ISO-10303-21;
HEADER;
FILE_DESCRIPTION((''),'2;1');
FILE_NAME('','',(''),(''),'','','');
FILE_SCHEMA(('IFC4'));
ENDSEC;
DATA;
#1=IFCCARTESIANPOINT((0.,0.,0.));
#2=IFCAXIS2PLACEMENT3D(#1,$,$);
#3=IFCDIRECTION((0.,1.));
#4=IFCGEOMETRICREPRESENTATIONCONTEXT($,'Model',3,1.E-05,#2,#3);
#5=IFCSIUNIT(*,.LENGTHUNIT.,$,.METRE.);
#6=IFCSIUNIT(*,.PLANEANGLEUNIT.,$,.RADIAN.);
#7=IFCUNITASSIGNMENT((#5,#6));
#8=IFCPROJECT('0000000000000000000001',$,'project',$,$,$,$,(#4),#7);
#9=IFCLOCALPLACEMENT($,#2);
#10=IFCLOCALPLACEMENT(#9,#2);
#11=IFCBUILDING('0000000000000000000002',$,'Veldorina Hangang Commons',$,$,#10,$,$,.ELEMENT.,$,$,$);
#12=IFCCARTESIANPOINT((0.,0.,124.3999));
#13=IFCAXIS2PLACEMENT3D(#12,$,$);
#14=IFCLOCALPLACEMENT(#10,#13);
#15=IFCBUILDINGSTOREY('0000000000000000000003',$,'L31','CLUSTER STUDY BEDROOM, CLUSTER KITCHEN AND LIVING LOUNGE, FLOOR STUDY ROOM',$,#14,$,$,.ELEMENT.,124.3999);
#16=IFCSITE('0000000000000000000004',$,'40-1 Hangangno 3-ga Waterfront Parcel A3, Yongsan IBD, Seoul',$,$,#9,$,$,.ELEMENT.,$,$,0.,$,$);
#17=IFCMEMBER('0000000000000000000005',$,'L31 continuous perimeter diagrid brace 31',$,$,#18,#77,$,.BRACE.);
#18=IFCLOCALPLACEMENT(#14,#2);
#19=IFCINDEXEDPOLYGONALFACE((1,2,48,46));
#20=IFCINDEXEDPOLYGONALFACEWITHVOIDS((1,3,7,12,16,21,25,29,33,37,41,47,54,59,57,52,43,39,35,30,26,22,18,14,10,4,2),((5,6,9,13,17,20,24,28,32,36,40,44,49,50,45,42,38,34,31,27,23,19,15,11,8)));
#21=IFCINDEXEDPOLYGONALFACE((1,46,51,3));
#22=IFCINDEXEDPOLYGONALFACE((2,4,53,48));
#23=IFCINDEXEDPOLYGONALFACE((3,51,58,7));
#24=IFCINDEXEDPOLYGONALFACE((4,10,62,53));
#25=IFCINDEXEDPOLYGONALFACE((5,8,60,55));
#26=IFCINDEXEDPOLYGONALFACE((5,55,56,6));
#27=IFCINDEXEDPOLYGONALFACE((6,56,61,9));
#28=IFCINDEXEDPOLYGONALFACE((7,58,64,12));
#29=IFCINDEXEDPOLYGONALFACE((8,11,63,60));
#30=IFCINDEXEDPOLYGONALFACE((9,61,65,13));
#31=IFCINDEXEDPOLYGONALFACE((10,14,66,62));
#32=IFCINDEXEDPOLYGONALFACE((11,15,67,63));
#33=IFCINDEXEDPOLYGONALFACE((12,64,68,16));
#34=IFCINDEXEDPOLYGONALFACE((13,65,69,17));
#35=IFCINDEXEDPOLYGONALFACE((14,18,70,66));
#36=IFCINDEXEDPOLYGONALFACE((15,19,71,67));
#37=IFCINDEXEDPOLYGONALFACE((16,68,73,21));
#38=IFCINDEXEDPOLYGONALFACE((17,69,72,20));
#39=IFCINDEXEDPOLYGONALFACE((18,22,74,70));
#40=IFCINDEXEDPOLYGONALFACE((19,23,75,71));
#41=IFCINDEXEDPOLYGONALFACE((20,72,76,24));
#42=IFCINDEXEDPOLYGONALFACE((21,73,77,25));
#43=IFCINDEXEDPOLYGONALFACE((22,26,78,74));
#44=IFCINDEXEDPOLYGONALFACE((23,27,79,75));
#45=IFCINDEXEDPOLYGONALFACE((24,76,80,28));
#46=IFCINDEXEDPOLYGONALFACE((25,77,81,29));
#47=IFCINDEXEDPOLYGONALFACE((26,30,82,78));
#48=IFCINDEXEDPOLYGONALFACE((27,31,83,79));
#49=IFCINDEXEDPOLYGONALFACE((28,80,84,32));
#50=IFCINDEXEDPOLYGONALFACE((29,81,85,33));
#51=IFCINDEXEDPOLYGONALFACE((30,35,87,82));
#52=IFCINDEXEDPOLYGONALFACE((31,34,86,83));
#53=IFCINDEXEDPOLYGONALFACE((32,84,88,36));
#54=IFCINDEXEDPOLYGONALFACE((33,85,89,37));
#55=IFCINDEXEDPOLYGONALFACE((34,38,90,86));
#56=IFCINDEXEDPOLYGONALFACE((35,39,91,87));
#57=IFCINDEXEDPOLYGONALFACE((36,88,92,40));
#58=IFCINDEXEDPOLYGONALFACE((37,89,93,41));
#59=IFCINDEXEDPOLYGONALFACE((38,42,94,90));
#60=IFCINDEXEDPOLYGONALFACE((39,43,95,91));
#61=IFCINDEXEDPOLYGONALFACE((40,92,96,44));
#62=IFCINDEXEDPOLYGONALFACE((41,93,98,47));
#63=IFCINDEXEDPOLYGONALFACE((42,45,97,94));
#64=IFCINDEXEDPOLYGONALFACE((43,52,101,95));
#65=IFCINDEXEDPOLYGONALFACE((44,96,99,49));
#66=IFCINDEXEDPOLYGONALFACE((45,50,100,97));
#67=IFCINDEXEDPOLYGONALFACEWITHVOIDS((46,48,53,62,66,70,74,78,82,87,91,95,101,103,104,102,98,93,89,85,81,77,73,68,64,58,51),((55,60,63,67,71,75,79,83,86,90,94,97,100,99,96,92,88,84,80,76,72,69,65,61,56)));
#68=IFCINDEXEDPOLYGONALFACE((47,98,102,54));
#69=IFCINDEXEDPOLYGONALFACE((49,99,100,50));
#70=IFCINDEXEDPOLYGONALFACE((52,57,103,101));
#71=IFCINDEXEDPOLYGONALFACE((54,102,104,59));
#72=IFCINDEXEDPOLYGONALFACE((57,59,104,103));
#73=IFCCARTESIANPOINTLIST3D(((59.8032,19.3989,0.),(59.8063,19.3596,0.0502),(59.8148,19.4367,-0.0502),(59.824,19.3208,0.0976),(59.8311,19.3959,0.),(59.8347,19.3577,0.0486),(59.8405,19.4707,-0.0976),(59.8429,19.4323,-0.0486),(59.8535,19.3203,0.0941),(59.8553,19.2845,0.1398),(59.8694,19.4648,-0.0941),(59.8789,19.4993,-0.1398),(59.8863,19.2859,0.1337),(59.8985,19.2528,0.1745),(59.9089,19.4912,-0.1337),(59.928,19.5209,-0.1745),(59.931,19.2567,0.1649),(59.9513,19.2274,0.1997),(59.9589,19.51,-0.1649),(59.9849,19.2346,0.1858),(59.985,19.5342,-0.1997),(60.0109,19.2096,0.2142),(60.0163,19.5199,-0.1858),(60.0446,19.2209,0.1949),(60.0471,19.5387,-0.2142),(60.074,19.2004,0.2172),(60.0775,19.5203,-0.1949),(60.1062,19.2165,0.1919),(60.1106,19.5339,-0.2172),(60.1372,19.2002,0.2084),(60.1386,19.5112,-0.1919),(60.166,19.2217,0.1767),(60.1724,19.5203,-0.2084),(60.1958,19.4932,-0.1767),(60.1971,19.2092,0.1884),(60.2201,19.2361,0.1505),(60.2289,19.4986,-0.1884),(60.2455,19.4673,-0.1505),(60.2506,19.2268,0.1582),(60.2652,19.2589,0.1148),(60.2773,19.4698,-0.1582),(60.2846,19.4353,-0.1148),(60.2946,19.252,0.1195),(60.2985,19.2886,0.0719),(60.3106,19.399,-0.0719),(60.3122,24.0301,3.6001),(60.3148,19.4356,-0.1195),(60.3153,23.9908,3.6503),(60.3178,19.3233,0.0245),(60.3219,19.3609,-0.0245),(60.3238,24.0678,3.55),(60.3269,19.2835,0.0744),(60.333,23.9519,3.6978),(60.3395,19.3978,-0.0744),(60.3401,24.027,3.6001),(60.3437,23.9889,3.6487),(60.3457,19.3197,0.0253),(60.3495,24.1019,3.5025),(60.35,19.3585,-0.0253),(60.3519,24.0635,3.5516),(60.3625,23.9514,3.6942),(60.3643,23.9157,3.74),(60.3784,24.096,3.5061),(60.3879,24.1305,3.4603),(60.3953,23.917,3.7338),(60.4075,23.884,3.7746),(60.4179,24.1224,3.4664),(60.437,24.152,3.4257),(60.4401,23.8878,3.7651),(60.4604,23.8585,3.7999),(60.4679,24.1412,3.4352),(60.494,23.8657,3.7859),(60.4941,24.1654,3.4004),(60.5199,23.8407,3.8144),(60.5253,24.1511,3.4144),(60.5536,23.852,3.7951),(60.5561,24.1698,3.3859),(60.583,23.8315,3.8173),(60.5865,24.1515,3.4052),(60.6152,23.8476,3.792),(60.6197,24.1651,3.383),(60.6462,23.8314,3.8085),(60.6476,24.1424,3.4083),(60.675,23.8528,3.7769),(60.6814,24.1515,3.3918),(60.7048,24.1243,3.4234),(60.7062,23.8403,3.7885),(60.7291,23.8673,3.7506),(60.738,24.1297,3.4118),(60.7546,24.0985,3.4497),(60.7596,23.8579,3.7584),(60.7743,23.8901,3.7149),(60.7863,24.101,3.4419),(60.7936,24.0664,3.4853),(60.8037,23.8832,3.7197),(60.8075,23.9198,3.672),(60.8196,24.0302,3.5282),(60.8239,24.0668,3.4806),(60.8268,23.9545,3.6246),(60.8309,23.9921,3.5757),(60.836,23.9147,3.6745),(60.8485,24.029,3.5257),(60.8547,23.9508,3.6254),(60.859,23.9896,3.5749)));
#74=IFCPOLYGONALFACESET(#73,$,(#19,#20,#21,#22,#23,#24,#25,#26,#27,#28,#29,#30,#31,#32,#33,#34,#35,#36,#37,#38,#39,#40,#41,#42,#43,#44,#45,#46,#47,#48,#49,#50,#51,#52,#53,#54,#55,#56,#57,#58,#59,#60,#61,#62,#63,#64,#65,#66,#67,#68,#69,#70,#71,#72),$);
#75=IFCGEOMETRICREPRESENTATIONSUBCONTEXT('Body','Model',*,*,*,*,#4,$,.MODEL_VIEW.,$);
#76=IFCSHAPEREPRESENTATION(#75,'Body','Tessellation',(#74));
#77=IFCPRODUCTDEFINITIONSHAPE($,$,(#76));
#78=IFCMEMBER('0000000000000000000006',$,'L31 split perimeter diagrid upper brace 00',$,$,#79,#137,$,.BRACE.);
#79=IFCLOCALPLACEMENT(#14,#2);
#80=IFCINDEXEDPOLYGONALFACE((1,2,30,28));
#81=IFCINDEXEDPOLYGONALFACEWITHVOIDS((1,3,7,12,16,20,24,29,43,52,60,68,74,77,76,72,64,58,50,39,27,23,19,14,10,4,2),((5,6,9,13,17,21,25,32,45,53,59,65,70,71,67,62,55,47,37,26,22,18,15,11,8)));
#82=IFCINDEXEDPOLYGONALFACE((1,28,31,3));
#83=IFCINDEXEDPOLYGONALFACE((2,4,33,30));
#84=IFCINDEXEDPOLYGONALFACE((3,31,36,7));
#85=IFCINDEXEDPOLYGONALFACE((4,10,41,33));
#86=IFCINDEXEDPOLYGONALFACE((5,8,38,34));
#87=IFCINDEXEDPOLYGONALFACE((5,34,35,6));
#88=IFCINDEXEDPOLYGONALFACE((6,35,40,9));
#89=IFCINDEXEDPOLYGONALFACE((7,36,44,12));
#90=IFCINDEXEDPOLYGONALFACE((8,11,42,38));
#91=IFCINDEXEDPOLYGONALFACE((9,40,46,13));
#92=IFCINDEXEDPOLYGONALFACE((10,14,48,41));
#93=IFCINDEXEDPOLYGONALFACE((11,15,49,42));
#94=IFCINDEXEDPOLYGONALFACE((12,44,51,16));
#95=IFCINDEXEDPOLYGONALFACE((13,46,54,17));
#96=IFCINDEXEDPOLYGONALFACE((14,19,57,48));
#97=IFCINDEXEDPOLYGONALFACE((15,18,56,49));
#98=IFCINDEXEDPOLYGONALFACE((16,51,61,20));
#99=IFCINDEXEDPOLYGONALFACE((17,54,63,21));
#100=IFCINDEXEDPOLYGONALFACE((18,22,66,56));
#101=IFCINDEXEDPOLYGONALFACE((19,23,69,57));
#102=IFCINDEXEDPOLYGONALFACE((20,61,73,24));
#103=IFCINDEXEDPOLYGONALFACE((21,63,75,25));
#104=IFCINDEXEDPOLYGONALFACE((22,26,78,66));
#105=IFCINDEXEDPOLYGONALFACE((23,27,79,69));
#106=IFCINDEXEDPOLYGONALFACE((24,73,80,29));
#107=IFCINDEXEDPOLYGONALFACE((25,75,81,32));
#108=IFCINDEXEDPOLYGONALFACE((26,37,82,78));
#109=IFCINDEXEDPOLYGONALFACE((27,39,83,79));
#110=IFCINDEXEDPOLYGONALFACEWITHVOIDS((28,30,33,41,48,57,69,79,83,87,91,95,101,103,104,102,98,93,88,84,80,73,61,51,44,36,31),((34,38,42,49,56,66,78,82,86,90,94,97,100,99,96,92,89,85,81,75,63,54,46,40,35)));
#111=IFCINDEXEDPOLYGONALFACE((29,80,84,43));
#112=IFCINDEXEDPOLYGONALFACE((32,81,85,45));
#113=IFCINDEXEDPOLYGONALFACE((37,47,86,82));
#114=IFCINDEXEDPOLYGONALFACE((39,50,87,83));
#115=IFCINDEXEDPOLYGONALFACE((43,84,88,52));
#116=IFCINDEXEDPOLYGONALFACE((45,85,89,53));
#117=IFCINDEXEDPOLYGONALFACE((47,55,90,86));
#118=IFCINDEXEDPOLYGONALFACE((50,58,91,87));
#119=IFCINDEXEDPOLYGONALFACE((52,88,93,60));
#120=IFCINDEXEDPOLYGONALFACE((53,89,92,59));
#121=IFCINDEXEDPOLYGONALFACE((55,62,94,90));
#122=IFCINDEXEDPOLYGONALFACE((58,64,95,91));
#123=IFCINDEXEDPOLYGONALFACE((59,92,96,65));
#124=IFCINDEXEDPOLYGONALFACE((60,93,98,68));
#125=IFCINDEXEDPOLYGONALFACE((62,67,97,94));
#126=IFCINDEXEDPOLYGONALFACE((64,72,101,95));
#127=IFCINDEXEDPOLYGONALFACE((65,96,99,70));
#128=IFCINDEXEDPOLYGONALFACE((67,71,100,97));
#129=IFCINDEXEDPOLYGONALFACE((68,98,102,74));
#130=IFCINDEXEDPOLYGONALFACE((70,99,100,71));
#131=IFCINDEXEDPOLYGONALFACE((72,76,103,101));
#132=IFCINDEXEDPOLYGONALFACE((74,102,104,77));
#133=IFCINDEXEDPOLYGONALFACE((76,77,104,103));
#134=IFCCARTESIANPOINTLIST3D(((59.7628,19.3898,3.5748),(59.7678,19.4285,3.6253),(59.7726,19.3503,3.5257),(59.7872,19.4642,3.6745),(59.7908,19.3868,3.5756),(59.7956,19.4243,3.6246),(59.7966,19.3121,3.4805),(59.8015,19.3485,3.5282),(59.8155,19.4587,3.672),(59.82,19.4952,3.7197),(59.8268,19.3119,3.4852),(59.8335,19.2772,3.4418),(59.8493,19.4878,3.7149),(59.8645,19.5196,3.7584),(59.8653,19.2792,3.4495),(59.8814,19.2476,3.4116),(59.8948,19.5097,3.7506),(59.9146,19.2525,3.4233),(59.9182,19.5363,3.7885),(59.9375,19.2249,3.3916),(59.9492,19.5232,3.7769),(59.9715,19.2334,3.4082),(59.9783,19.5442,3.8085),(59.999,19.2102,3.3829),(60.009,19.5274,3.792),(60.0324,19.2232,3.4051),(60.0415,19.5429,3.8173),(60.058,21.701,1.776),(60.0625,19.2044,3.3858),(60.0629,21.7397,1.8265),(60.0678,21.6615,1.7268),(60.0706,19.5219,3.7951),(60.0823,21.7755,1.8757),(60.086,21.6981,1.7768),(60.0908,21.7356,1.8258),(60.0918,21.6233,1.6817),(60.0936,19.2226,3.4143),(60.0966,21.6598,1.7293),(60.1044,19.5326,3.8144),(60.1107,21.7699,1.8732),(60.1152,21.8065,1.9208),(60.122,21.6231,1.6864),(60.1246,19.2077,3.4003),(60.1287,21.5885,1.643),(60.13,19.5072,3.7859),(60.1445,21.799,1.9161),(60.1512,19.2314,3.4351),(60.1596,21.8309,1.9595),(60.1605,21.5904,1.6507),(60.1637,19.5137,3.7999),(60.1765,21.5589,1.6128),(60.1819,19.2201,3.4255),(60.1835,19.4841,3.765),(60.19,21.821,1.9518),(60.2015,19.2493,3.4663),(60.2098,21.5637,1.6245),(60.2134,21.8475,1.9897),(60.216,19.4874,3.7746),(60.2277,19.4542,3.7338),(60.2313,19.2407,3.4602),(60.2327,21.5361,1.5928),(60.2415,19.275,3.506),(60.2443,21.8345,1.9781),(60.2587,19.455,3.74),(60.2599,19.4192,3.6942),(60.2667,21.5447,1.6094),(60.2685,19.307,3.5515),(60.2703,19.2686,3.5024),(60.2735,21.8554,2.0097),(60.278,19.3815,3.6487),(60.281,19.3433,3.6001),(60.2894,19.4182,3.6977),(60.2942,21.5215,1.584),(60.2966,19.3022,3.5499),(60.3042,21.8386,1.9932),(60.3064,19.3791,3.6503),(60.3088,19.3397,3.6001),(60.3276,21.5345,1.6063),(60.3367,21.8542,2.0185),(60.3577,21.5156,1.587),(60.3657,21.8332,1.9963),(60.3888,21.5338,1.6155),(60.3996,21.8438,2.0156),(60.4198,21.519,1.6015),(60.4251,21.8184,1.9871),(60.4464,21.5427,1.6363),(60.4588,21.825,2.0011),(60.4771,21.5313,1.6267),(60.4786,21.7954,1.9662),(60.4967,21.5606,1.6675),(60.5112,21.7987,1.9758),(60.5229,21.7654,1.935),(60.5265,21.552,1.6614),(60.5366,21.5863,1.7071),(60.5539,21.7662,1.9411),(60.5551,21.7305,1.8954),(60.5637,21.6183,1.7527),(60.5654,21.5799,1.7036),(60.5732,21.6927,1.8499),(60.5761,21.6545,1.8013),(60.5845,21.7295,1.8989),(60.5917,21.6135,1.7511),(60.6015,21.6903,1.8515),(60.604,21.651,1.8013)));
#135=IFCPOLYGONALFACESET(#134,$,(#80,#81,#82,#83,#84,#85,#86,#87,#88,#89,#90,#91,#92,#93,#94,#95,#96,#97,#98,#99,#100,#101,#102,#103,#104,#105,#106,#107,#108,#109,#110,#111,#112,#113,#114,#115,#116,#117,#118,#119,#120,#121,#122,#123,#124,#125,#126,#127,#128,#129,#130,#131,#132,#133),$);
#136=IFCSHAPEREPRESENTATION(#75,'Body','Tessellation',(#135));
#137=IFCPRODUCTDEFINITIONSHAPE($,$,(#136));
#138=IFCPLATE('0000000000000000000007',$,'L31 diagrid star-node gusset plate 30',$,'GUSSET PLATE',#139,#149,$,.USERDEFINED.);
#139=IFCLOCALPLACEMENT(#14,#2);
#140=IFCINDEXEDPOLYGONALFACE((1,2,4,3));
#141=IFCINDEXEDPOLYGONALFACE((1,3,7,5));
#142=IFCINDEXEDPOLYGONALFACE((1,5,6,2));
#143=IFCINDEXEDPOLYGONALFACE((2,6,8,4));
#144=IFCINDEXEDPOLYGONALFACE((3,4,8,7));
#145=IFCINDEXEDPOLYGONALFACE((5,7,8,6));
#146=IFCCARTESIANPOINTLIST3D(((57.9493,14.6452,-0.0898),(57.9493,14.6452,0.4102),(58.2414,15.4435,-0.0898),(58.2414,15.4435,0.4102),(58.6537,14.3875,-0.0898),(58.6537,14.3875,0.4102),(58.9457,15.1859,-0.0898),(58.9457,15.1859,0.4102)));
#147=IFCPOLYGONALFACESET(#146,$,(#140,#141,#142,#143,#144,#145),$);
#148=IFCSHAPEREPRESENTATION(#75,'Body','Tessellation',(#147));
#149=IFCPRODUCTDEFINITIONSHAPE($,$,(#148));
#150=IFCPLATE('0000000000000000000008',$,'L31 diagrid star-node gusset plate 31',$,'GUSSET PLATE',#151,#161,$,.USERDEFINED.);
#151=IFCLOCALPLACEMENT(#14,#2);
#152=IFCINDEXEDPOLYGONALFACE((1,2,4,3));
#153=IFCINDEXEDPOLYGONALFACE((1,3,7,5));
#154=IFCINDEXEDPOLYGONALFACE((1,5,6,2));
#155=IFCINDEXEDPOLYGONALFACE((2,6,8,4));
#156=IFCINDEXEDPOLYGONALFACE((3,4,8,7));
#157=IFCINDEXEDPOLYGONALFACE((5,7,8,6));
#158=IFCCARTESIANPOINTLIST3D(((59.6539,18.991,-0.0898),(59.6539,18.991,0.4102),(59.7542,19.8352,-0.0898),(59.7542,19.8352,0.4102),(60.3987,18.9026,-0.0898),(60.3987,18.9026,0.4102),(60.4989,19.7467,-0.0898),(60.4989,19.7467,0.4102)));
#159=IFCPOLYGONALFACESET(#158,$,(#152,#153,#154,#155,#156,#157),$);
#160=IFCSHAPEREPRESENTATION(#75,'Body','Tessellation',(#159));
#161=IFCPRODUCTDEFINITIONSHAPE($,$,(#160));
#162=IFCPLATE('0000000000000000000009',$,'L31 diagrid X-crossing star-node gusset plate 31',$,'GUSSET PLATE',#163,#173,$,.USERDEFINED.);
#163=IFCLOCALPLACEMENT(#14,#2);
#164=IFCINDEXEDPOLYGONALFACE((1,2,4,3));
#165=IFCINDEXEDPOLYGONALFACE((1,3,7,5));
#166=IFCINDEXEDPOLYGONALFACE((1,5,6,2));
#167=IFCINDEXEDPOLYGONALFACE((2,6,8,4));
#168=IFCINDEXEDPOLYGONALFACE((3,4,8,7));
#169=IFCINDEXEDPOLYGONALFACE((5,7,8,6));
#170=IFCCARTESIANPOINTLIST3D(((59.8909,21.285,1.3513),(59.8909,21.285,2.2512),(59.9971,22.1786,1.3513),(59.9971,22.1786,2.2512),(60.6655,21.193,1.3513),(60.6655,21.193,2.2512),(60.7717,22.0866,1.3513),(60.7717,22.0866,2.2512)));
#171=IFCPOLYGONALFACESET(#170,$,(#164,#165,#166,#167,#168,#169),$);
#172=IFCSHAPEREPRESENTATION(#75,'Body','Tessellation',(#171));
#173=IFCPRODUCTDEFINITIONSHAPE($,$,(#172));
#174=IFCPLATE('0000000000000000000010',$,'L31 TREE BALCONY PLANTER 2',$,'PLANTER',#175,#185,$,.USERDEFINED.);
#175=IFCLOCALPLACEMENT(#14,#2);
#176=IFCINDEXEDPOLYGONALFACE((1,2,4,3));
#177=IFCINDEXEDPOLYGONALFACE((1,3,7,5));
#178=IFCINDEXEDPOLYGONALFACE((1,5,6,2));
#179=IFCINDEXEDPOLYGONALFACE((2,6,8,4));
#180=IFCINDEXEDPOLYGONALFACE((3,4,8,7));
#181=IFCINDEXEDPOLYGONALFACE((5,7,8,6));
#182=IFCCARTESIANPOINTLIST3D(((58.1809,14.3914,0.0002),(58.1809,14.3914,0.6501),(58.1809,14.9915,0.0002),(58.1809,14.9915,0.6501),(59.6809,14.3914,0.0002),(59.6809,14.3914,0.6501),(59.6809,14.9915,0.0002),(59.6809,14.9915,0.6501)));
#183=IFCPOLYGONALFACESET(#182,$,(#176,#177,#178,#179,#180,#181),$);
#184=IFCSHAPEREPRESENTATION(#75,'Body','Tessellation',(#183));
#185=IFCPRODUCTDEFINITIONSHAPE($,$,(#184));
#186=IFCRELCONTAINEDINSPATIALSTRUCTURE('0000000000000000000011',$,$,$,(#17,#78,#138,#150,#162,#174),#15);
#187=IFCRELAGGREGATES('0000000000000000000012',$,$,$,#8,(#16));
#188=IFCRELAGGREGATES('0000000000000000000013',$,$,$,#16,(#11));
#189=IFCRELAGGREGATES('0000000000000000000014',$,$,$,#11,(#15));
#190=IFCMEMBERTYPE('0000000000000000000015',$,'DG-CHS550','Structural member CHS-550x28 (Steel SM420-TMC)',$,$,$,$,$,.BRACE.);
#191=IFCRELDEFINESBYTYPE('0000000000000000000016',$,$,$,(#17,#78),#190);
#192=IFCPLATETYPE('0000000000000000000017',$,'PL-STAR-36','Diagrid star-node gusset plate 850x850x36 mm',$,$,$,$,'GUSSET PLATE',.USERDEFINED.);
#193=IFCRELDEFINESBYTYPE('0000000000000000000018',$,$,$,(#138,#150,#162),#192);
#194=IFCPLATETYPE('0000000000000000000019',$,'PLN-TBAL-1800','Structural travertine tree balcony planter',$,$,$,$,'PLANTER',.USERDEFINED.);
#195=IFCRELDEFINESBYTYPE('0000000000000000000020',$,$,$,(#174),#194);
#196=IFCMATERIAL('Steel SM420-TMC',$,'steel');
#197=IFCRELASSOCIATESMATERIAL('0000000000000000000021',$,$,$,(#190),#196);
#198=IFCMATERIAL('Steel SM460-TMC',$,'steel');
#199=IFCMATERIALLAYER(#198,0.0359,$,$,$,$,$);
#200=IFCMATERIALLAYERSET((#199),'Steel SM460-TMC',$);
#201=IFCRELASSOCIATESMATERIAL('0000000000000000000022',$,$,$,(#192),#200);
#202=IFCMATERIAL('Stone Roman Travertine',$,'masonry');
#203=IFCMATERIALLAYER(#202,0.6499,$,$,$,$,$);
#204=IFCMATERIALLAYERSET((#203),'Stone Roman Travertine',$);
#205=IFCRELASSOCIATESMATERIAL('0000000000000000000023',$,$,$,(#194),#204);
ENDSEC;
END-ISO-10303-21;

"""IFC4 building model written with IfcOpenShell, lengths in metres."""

from ifc_helpers import new_model, si_unit, direction, frame, origin, origin_2d, place, context, subcontext, project, spatial, rectangle, hollow_circle, extrude, material, layer, layer_set, material_profile, profile_set, type_object, element, save


model = new_model("IFC4")

# Units and contexts
model_context = context("Model", 3, precision=1e-05, world=origin(), true_north=direction((0.0, 1.0)))
body_context = subcontext(model_context, "Body", "Model", "MODEL_VIEW")
ifc_project = project(units=[si_unit("LENGTHUNIT", "METRE"), si_unit("PLANEANGLEUNIT", "RADIAN")], contexts=[model_context])

# Site, building, storey
site_placement = place(None, origin())
site = spatial("IfcSite", under=ifc_project, at=site_placement, Name="40-1 Hangangno 3-ga Waterfront Parcel A3, Yongsan IBD, Seoul", CompositionType="ELEMENT", RefElevation=0.0)
building_placement = place(site_placement, origin())
building = spatial("IfcBuilding", under=site, at=building_placement, Name="Veldorina Hangang Commons", CompositionType="ELEMENT")
storey_placement = place(building_placement, frame((0.0, 0.0, 124.3999)))
storey = spatial("IfcBuildingStorey", under=building, at=storey_placement, Name="L31", Description="CLUSTER STUDY BEDROOM, CLUSTER KITCHEN AND LIVING LOUNGE, FLOOR STUDY ROOM", CompositionType="ELEMENT", Elevation=124.3999)

# Shared definitions
ifc_material_1 = material(Name="Steel SM420-TMC", Category="steel")

# Members
ifc_material_profile_1 = material_profile(ifc_material_1, hollow_circle(Radius=0.2749, WallThickness=0.0281, at=origin_2d()), Name="CHS-550x28")
ifc_profile_set_1 = profile_set([ifc_material_profile_1], Name="Steel SM420-TMC")
member_type = type_object("IfcMemberType", Name="DG-CHS550", Description="Structural member CHS-550x28 (Steel SM420-TMC)", PredefinedType="BRACE", material=ifc_profile_set_1)
member_1_placement = place(storey_placement, frame((60.0764, 19.3689, 0.0), z_axis=(0.086455, 0.786551, 0.611444), x_axis=(-0.994013, 0.109258, 0.0)))
element("IfcMember", 1, at=member_1_placement, inside=storey, type_object=member_type, Name="L31 continuous perimeter diagrid brace 31", PredefinedType="BRACE", context=body_context, shape_type="SweptSolid", body=[
    extrude(hollow_circle(Radius=0.2749, WallThickness=0.0281, at=origin_2d()), origin(), (0.0, 0.0, 1.0), 5.8879),
])
member_2_placement = place(storey_placement, frame((60.3313, 21.6858, 1.8013), z_axis=(-0.100273, -0.785182, 0.611093), x_axis=(0.991944, -0.126678, 0.0)))
element("IfcMember", 2, at=member_2_placement, inside=storey, type_object=member_type, Name="L31 split perimeter diagrid upper brace 00", PredefinedType="BRACE", context=body_context, shape_type="SweptSolid", body=[
    extrude(hollow_circle(Radius=0.2749, WallThickness=0.0281, at=origin_2d()), origin(), (0.0, 0.0, 1.0), 2.9436),
])

# Plates
ifc_material_2 = material(Name="Steel SM460-TMC", Category="steel")
ifc_layer_1 = layer(ifc_material_2, 0.0359)
ifc_layer_set_1 = layer_set([ifc_layer_1], Name="Steel SM460-TMC")
plate_type_1 = type_object("IfcPlateType", Name="PL-STAR-36", Description="Diagrid star-node gusset plate 850x850x36 mm", ElementType="GUSSET PLATE", PredefinedType="USERDEFINED", material=ifc_layer_set_1)
for number, where, z_axis, x_axis, name in (
    (3, (58.4475, 14.9155, -0.0898), (0.0, 0.0, 1.0), (0.343545, 0.939136, 0.0), "L31 diagrid star-node gusset plate 30"),
    (4, (60.0764, 19.3689, -0.0898), (0.0, 0.0, 1.0), (0.117953, 0.993019, 0.0), "L31 diagrid star-node gusset plate 31"),
):
    element("IfcPlate", number, at=place(storey_placement, frame(where, z_axis=z_axis, x_axis=x_axis)), inside=storey, type_object=plate_type_1, Name=name, ObjectType="GUSSET PLATE", PredefinedType="USERDEFINED", context=body_context, shape_type="SweptSolid", body=[
        extrude(rectangle(XDim=0.8501, YDim=0.75, at=origin_2d()), origin(), (0.0, 0.0, 1.0), 0.5),
    ])
plate_1_placement = place(storey_placement, frame((60.3313, 21.6858, 1.3513), z_axis=(0.0, 0.0, 1.0), x_axis=(0.117953, 0.993019, 0.0)))
element("IfcPlate", 5, at=plate_1_placement, inside=storey, type_object=plate_type_1, Name="L31 diagrid X-crossing star-node gusset plate 31", ObjectType="GUSSET PLATE", PredefinedType="USERDEFINED", context=body_context, shape_type="SweptSolid", body=[
    extrude(rectangle(XDim=0.8999, YDim=0.78, at=origin_2d()), origin(), (0.0, 0.0, 1.0), 0.8999),
])
ifc_material_3 = material(Name="Stone Roman Travertine", Category="masonry")
ifc_layer_2 = layer(ifc_material_3, 0.6499)
ifc_layer_set_2 = layer_set([ifc_layer_2], Name="Stone Roman Travertine")
plate_type_2 = type_object("IfcPlateType", Name="PLN-TBAL-1800", Description="Structural travertine tree balcony planter", ElementType="PLANTER", PredefinedType="USERDEFINED", material=ifc_layer_set_2)
plate_2_placement = place(storey_placement, frame((58.9309, 14.6914, 0.0002), z_axis=(0.0, 0.0, 1.0), x_axis=(1.0, 0.0, 0.0)))
element("IfcPlate", 6, at=plate_2_placement, inside=storey, type_object=plate_type_2, Name="L31 TREE BALCONY PLANTER 2", ObjectType="PLANTER", PredefinedType="USERDEFINED", context=body_context, shape_type="SweptSolid", body=[
    extrude(rectangle(XDim=1.5, YDim=0.6001, at=origin_2d()), origin(), (0.0, 0.0, 1.0), 0.6499),
])

save(model, "model.ifc")
